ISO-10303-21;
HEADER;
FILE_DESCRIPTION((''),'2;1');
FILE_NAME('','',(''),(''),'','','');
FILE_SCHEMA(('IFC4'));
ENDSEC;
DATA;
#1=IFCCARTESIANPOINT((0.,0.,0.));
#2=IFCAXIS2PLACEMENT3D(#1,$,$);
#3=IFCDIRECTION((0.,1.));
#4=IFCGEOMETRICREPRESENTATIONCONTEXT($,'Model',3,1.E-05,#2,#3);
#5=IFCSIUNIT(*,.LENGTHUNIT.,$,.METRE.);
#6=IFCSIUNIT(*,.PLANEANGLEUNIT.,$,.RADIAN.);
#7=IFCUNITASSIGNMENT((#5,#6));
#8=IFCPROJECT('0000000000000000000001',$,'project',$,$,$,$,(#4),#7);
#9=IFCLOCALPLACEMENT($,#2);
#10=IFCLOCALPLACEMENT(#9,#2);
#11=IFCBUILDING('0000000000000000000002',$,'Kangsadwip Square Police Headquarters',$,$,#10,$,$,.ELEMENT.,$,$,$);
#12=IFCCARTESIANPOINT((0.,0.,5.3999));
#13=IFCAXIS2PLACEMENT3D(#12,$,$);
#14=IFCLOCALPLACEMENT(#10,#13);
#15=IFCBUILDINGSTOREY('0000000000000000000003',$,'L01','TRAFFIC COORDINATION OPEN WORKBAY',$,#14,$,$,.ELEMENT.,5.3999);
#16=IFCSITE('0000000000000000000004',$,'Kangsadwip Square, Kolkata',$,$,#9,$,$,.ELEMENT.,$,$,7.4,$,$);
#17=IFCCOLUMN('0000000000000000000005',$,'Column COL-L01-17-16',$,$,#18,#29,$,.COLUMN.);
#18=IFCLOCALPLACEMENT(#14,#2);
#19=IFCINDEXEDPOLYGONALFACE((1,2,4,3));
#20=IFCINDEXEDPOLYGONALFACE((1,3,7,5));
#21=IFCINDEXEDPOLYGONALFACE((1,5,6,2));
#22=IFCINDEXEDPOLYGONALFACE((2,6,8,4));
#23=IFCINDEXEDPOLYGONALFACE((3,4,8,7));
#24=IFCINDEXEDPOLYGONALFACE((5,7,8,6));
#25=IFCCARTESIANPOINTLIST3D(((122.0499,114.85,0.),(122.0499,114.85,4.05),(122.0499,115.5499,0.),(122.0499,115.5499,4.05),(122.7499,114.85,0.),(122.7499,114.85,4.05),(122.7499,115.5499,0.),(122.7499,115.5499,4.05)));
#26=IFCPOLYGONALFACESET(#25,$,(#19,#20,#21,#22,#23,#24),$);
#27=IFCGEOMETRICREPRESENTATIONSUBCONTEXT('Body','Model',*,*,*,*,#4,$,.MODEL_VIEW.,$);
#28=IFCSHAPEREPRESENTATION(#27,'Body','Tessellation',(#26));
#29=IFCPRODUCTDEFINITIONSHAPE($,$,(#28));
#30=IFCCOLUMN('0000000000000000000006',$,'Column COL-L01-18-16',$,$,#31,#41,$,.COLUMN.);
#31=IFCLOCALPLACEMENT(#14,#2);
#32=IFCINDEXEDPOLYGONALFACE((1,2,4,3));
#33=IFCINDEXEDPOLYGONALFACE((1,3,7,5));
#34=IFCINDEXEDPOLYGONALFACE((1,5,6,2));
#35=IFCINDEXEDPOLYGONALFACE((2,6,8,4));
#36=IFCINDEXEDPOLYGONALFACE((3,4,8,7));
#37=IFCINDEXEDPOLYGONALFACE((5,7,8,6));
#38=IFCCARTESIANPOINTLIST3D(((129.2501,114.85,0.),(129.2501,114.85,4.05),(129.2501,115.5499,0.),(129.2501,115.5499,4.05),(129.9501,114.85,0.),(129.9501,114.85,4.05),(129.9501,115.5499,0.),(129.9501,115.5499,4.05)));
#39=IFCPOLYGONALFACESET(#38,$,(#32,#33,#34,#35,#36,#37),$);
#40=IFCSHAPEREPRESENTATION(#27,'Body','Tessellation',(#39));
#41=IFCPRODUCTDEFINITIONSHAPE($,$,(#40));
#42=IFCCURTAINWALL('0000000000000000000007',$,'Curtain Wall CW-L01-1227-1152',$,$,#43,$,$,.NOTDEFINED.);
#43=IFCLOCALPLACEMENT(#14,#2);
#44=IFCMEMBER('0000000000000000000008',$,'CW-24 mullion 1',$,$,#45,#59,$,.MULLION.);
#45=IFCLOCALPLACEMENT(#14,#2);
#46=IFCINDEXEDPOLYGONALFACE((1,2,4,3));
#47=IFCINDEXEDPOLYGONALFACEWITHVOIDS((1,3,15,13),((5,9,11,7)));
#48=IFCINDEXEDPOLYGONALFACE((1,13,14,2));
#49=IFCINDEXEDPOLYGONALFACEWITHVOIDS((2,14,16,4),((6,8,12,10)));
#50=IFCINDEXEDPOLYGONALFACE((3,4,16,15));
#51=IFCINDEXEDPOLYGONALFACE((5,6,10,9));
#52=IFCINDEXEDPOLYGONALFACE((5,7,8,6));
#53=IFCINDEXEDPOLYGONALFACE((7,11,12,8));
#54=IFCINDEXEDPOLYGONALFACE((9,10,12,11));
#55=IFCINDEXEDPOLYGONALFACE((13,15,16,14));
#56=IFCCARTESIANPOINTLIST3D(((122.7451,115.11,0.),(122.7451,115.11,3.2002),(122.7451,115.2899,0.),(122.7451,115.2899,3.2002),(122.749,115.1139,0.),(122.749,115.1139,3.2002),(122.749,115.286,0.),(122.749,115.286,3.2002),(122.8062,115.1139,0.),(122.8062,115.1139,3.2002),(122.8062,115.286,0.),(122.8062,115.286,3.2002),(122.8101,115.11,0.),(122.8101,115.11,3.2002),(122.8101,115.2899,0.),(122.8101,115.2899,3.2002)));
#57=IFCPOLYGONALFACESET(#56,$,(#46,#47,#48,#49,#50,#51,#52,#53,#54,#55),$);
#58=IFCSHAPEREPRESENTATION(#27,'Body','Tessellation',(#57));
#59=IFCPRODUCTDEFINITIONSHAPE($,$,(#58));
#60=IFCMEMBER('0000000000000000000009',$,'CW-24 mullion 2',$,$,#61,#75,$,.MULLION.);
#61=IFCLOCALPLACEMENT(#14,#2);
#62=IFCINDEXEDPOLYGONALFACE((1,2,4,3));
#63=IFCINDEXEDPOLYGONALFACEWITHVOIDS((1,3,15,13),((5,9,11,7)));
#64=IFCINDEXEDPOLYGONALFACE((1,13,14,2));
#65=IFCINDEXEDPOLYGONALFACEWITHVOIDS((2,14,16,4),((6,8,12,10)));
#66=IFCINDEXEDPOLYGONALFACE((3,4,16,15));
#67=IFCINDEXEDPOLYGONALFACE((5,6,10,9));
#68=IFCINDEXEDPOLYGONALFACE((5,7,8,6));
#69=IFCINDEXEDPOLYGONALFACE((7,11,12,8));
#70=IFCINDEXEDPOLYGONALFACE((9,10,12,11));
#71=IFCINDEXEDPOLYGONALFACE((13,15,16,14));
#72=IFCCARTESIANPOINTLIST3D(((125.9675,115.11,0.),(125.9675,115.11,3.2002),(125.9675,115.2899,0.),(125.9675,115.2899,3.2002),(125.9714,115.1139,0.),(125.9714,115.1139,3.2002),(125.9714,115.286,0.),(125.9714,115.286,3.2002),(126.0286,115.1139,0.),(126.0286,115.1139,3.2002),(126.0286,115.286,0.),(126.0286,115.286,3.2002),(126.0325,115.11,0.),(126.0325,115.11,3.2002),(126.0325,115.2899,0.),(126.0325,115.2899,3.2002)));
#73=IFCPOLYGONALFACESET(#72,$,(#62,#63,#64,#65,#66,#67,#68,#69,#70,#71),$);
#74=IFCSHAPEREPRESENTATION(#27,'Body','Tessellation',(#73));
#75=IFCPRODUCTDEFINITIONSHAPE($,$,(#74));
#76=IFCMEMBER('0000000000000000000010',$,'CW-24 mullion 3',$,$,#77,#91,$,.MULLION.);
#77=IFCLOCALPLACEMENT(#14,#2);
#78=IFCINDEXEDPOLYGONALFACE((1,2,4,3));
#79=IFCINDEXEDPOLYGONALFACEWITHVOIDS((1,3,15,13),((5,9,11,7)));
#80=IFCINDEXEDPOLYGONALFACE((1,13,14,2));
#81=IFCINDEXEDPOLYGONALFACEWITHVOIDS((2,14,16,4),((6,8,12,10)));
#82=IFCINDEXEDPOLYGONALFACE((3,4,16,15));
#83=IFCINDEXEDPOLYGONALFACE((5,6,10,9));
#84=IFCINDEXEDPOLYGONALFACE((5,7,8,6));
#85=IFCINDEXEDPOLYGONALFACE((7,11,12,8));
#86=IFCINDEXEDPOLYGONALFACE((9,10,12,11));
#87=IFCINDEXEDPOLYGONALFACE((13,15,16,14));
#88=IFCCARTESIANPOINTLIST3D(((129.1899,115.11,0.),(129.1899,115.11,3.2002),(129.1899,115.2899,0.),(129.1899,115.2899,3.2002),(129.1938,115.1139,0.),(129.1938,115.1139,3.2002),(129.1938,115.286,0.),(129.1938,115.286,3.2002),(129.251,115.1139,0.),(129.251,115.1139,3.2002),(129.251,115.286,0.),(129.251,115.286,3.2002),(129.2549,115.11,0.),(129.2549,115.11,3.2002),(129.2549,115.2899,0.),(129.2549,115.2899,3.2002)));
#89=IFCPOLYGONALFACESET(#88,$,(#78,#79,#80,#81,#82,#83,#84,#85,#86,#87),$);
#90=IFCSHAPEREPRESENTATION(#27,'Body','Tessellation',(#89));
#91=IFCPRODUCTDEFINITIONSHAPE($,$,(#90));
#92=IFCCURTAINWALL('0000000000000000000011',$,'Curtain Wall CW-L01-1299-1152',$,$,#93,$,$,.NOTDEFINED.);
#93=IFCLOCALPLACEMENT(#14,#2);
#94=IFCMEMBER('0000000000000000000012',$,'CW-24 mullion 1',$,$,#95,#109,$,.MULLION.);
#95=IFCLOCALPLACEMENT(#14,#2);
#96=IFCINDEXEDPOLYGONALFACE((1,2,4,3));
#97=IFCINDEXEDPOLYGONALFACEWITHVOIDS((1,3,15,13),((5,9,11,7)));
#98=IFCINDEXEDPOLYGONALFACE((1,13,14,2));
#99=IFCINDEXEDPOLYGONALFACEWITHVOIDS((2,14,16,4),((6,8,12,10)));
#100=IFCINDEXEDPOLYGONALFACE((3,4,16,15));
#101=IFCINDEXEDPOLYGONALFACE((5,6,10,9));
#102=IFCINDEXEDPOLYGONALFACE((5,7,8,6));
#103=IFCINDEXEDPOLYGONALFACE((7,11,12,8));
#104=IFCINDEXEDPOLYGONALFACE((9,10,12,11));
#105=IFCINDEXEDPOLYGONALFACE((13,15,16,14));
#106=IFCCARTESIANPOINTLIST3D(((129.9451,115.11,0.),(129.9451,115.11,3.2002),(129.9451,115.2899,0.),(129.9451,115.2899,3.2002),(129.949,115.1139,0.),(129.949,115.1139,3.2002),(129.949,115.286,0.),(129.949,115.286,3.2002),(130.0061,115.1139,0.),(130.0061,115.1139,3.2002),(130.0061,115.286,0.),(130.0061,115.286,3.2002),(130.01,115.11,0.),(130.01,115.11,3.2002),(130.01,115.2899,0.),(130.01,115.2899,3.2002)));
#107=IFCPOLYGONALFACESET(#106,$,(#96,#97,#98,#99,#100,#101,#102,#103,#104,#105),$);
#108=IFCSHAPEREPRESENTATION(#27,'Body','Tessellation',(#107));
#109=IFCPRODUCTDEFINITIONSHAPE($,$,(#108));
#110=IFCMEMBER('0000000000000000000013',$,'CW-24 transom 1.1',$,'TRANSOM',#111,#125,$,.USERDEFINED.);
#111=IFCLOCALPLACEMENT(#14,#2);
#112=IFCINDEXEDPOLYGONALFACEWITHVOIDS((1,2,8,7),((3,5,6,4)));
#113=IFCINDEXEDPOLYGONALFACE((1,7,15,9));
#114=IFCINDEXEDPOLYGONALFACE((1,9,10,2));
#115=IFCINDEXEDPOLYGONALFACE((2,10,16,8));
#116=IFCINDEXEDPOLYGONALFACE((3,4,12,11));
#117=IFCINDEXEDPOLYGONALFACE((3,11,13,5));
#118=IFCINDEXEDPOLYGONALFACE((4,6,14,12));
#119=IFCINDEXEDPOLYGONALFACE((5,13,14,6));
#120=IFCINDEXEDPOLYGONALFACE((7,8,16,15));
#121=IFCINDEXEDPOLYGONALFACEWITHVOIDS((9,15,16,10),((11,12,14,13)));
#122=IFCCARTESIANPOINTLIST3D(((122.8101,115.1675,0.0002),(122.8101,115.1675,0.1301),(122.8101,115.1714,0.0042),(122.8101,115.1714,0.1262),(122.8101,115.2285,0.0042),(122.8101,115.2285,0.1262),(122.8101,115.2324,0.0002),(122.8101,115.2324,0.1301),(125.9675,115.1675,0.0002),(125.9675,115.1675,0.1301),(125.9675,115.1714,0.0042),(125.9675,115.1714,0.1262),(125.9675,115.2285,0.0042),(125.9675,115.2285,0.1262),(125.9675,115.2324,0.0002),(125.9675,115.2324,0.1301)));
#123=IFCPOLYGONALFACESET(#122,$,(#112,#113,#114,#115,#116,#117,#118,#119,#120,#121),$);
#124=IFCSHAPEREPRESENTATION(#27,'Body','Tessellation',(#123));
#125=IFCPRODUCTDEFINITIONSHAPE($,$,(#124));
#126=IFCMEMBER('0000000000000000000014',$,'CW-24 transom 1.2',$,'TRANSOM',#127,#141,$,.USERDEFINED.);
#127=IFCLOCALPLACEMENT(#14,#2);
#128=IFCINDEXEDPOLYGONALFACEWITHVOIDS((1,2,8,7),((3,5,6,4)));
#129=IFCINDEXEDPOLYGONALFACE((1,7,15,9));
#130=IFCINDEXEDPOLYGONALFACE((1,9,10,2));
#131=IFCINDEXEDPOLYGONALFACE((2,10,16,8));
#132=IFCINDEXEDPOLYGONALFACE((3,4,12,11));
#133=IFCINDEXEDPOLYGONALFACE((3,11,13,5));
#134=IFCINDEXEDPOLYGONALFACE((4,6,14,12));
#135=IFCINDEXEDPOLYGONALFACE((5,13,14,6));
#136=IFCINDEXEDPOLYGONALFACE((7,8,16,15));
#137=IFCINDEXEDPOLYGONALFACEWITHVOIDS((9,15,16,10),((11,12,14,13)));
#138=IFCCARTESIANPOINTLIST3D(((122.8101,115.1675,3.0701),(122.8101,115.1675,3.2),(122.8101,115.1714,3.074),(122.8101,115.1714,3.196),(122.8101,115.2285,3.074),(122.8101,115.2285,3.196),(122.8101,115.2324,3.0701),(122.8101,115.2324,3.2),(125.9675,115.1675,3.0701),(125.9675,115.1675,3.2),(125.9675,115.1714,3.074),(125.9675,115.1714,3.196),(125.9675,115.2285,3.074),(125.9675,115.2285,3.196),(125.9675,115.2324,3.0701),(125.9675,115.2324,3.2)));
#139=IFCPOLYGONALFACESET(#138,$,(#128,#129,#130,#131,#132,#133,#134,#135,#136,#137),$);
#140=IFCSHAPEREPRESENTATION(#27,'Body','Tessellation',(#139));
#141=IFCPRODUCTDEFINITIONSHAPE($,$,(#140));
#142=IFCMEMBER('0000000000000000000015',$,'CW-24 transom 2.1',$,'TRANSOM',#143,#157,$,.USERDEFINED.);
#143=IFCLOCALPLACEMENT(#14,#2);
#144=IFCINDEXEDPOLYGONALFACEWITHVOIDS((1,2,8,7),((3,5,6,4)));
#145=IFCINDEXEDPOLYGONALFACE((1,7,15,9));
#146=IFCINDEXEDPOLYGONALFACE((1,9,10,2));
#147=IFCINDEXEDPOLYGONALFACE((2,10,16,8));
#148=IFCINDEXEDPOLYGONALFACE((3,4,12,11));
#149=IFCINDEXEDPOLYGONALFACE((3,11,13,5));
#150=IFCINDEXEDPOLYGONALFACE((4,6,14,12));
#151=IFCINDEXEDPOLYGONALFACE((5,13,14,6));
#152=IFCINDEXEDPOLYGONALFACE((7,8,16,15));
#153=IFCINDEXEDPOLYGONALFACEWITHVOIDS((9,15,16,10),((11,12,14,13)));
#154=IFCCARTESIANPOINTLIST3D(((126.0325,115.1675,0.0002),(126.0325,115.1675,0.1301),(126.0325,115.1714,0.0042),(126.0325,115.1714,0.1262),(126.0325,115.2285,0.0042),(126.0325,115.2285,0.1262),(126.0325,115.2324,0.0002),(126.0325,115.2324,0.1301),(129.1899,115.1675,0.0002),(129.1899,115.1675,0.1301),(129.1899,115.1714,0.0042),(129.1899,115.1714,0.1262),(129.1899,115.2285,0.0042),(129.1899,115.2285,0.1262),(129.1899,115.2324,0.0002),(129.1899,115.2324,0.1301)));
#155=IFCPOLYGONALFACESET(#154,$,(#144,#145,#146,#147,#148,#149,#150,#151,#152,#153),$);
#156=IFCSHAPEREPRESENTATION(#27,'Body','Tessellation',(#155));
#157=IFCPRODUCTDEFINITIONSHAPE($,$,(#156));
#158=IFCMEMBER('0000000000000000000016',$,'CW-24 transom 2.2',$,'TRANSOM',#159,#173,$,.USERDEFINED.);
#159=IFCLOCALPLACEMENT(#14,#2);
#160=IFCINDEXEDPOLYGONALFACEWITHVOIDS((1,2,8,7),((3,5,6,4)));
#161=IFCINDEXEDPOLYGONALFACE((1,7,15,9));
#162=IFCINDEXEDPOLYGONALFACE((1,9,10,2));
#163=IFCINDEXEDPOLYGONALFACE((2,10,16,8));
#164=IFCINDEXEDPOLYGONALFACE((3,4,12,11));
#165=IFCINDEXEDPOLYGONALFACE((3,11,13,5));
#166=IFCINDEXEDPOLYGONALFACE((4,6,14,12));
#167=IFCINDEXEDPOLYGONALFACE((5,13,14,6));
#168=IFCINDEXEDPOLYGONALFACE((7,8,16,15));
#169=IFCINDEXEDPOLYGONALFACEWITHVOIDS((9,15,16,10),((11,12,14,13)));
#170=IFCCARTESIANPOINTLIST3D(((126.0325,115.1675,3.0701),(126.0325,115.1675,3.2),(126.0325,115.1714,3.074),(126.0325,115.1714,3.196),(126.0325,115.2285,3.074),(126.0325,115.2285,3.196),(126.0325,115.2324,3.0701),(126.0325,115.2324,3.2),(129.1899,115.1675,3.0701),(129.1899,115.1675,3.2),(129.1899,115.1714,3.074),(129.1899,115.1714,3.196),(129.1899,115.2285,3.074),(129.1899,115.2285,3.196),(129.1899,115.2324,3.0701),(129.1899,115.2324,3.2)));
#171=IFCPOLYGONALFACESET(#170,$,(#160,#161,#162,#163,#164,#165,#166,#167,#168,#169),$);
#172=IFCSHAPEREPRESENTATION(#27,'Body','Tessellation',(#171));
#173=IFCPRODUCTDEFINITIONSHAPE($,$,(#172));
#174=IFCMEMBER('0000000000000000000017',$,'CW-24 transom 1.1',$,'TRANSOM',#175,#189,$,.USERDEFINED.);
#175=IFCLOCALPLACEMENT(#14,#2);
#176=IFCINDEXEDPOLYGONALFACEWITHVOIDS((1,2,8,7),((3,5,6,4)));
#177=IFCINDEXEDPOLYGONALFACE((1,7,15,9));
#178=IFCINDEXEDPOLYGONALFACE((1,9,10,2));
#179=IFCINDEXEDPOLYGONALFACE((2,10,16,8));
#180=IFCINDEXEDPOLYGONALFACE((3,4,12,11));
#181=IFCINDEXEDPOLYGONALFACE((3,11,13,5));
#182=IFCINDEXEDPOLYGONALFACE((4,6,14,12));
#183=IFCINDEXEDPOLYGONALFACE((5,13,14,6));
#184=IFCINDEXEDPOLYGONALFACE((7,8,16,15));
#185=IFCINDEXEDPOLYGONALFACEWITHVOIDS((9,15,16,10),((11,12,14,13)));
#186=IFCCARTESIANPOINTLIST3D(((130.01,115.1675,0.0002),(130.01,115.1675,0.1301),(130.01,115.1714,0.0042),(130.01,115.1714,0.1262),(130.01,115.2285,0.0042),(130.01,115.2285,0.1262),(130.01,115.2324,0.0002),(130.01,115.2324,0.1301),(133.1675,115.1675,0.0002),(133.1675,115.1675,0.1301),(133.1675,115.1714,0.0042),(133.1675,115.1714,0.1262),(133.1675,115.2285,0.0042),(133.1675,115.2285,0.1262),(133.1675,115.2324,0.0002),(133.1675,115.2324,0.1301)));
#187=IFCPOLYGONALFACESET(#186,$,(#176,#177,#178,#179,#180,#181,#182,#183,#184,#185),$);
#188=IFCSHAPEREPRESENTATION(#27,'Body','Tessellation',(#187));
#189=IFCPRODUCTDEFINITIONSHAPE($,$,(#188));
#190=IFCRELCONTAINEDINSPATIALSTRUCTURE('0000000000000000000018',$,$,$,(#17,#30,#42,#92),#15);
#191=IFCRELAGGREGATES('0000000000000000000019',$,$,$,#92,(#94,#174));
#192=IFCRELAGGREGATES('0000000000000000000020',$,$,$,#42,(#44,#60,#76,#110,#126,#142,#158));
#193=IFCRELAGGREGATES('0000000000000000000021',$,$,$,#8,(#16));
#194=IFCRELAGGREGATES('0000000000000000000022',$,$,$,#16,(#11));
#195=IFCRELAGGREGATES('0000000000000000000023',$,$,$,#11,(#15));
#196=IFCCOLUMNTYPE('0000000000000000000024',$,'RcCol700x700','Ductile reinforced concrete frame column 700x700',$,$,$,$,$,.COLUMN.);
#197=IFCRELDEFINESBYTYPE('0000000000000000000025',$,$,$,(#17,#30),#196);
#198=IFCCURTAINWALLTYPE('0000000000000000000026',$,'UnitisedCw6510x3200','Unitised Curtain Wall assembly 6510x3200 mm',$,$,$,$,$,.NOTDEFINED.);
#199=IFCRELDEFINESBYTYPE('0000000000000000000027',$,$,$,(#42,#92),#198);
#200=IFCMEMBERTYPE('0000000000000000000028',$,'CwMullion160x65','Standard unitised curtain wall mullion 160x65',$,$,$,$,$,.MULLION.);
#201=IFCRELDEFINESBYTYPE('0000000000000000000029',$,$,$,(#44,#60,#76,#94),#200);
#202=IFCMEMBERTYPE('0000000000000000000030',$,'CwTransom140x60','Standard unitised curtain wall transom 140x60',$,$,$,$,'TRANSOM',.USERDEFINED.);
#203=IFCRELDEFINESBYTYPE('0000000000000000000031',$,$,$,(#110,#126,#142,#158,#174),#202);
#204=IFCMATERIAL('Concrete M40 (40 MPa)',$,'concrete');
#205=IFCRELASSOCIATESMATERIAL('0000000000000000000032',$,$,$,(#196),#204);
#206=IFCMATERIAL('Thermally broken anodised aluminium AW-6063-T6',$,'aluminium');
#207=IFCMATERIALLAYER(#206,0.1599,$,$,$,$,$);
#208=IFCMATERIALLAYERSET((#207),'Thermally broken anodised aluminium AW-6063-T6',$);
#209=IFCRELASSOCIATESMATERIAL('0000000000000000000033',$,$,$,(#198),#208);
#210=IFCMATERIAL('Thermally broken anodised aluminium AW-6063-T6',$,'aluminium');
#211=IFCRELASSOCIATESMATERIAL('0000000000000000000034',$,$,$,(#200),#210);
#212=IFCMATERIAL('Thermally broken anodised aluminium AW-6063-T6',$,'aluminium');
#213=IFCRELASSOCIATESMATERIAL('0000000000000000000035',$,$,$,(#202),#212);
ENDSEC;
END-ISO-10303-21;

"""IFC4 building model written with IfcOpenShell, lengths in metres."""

from ifc_helpers import new_model, si_unit, direction, frame, origin, origin_2d, place, context, subcontext, project, spatial, rectangle, hollow_rectangle, extrude, material, layer, layer_set, material_profile, profile_set, type_object, element, aggregate, save


model = new_model("IFC4")

# Units and contexts
model_context = context("Model", 3, precision=1e-05, world=origin(), true_north=direction((0.0, 1.0)))
body_context = subcontext(model_context, "Body", "Model", "MODEL_VIEW")
ifc_project = project(units=[si_unit("LENGTHUNIT", "METRE"), si_unit("PLANEANGLEUNIT", "RADIAN")], contexts=[model_context])

# Site, building, storey
site_placement = place(None, origin())
site = spatial("IfcSite", under=ifc_project, at=site_placement, Name="Kangsadwip Square, Kolkata", CompositionType="ELEMENT", RefElevation=7.4)
building_placement = place(site_placement, origin())
building = spatial("IfcBuilding", under=site, at=building_placement, Name="Kangsadwip Square Police Headquarters", CompositionType="ELEMENT")
storey_placement = place(building_placement, frame((0.0, 0.0, 5.3999)))
storey = spatial("IfcBuildingStorey", under=building, at=storey_placement, Name="L01", Description="TRAFFIC COORDINATION OPEN WORKBAY", CompositionType="ELEMENT", Elevation=5.3999)

# Columns
ifc_material_1 = material(Name="Concrete M40 (40 MPa)", Category="concrete")
ifc_material_profile_1 = material_profile(ifc_material_1, rectangle(XDim=0.7, YDim=0.7, at=origin_2d()), Name="RC COL 700X700")
ifc_profile_set_1 = profile_set([ifc_material_profile_1], Name="Concrete M40 (40 MPa)")
column_type = type_object("IfcColumnType", Name="RcCol700x700", Description="Ductile reinforced concrete frame column 700x700", PredefinedType="COLUMN", material=ifc_profile_set_1)
for number, where, z_axis, x_axis, name in (
    (1, (122.3999, 115.2, 0.0), (0.0, 0.0, 1.0), (1.0, 0.0, 0.0), "Column COL-L01-17-16"),
    (2, (129.6001, 115.2, 0.0), (0.0, 0.0, 1.0), (1.0, 0.0, 0.0), "Column COL-L01-18-16"),
):
    element("IfcColumn", number, at=place(storey_placement, frame(where, z_axis=z_axis, x_axis=x_axis)), inside=storey, type_object=column_type, Name=name, PredefinedType="COLUMN", context=body_context, shape_type="SweptSolid", body=[
        extrude(rectangle(XDim=0.7, YDim=0.7, at=origin_2d()), origin(), (0.0, 0.0, 1.0), 4.05),
    ])

# Curtain wall, members
ifc_material_2 = material(Name="Thermally broken anodised aluminium AW-6063-T6", Category="aluminium")
ifc_layer_1 = layer(ifc_material_2, 0.1599)
ifc_layer_set_1 = layer_set([ifc_layer_1], Name="Thermally broken anodised aluminium AW-6063-T6")
curtain_wall_type = type_object("IfcCurtainWallType", Name="UnitisedCw6510x3200", Description="Unitised Curtain Wall assembly 6510x3200 mm", PredefinedType="NOTDEFINED", material=ifc_layer_set_1)
curtain_wall_1_placement = place(storey_placement, origin())
curtain_wall_1 = element("IfcCurtainWall", 3, at=curtain_wall_1_placement, inside=storey, type_object=curtain_wall_type, Name="Curtain Wall CW-L01-1227-1152", PredefinedType="NOTDEFINED")
ifc_material_3 = material(Name="Thermally broken anodised aluminium AW-6063-T6", Category="aluminium")
ifc_material_profile_2 = material_profile(ifc_material_3, hollow_rectangle(XDim=0.0649, YDim=0.1799, WallThickness=0.0039, at=origin_2d()), Name="CWM 180X65X4")
ifc_profile_set_2 = profile_set([ifc_material_profile_2], Name="Thermally broken anodised aluminium AW-6063-T6")
member_type_1 = type_object("IfcMemberType", Name="CwMullion160x65", Description="Standard unitised curtain wall mullion 160x65", PredefinedType="MULLION", material=ifc_profile_set_2)
member_1_placement = place(storey_placement, frame((122.7776, 115.2, 0.0), z_axis=(0.0, 0.0, 1.0), x_axis=(1.0, 0.0, 0.0)))
member_1 = element("IfcMember", 4, at=member_1_placement, type_object=member_type_1, Name="CW-24 mullion 1", PredefinedType="MULLION", context=body_context, shape_type="SweptSolid", body=[
    extrude(hollow_rectangle(XDim=0.0649, YDim=0.1799, WallThickness=0.0039, at=origin_2d()), origin(), (0.0, 0.0, 1.0), 3.2002),
])
member_2_placement = place(storey_placement, frame((126.0, 115.2, 0.0), z_axis=(0.0, 0.0, 1.0), x_axis=(1.0, 0.0, 0.0)))
member_2 = element("IfcMember", 5, at=member_2_placement, type_object=member_type_1, Name="CW-24 mullion 2", PredefinedType="MULLION", context=body_context, shape_type="SweptSolid", body=[
    extrude(hollow_rectangle(XDim=0.0649, YDim=0.1799, WallThickness=0.0039, at=origin_2d()), origin(), (0.0, 0.0, 1.0), 3.2002),
])
member_3_placement = place(storey_placement, frame((129.2224, 115.2, 0.0), z_axis=(0.0, 0.0, 1.0), x_axis=(1.0, 0.0, 0.0)))
member_3 = element("IfcMember", 6, at=member_3_placement, type_object=member_type_1, Name="CW-24 mullion 3", PredefinedType="MULLION", context=body_context, shape_type="SweptSolid", body=[
    extrude(hollow_rectangle(XDim=0.0649, YDim=0.1799, WallThickness=0.0039, at=origin_2d()), origin(), (0.0, 0.0, 1.0), 3.2002),
])

# Curtain wall, member
curtain_wall_2_placement = place(storey_placement, origin())
curtain_wall_2 = element("IfcCurtainWall", 7, at=curtain_wall_2_placement, inside=storey, type_object=curtain_wall_type, Name="Curtain Wall CW-L01-1299-1152", PredefinedType="NOTDEFINED")
member_4_placement = place(storey_placement, frame((129.9775, 115.2, 0.0), z_axis=(0.0, 0.0, 1.0), x_axis=(1.0, 0.0, 0.0)))
member_4 = element("IfcMember", 8, at=member_4_placement, type_object=member_type_1, Name="CW-24 mullion 1", PredefinedType="MULLION", context=body_context, shape_type="SweptSolid", body=[
    extrude(hollow_rectangle(XDim=0.0649, YDim=0.1799, WallThickness=0.0039, at=origin_2d()), origin(), (0.0, 0.0, 1.0), 3.2002),
])

# Members
ifc_material_4 = material(Name="Thermally broken anodised aluminium AW-6063-T6", Category="aluminium")
ifc_material_profile_3 = material_profile(ifc_material_4, hollow_rectangle(XDim=0.0649, YDim=0.1299, WallThickness=0.0039, at=origin_2d()), Name="CWT 130X65X4")
ifc_profile_set_3 = profile_set([ifc_material_profile_3], Name="Thermally broken anodised aluminium AW-6063-T6")
member_type_2 = type_object("IfcMemberType", Name="CwTransom140x60", Description="Standard unitised curtain wall transom 140x60", ElementType="TRANSOM", PredefinedType="USERDEFINED", material=ifc_profile_set_3)
member_5_placement = place(storey_placement, frame((122.8101, 115.2, 0.0652), z_axis=(1.0, 0.0, 0.0), x_axis=(0.0, 1.0, 0.0)))
member_5 = element("IfcMember", 9, at=member_5_placement, type_object=member_type_2, Name="CW-24 transom 1.1", ObjectType="TRANSOM", PredefinedType="USERDEFINED", context=body_context, shape_type="SweptSolid", body=[
    extrude(hollow_rectangle(XDim=0.0649, YDim=0.1299, WallThickness=0.0039, at=origin_2d()), origin(), (0.0, 0.0, 1.0), 3.1575),
])
member_6_placement = place(storey_placement, frame((122.8101, 115.2, 3.135), z_axis=(1.0, 0.0, 0.0), x_axis=(0.0, 1.0, 0.0)))
member_6 = element("IfcMember", 10, at=member_6_placement, type_object=member_type_2, Name="CW-24 transom 1.2", ObjectType="TRANSOM", PredefinedType="USERDEFINED", context=body_context, shape_type="SweptSolid", body=[
    extrude(hollow_rectangle(XDim=0.0649, YDim=0.1299, WallThickness=0.0039, at=origin_2d()), origin(), (0.0, 0.0, 1.0), 3.1575),
])
member_7_placement = place(storey_placement, frame((126.0325, 115.2, 0.0652), z_axis=(1.0, 0.0, 0.0), x_axis=(0.0, 1.0, 0.0)))
member_7 = element("IfcMember", 11, at=member_7_placement, type_object=member_type_2, Name="CW-24 transom 2.1", ObjectType="TRANSOM", PredefinedType="USERDEFINED", context=body_context, shape_type="SweptSolid", body=[
    extrude(hollow_rectangle(XDim=0.0649, YDim=0.1299, WallThickness=0.0039, at=origin_2d()), origin(), (0.0, 0.0, 1.0), 3.1575),
])
member_8_placement = place(storey_placement, frame((126.0325, 115.2, 3.135), z_axis=(1.0, 0.0, 0.0), x_axis=(0.0, 1.0, 0.0)))
member_8 = element("IfcMember", 12, at=member_8_placement, type_object=member_type_2, Name="CW-24 transom 2.2", ObjectType="TRANSOM", PredefinedType="USERDEFINED", context=body_context, shape_type="SweptSolid", body=[
    extrude(hollow_rectangle(XDim=0.0649, YDim=0.1299, WallThickness=0.0039, at=origin_2d()), origin(), (0.0, 0.0, 1.0), 3.1575),
])
member_9_placement = place(storey_placement, frame((130.01, 115.2, 0.0652), z_axis=(1.0, 0.0, 0.0), x_axis=(0.0, 1.0, 0.0)))
member_9 = element("IfcMember", 13, at=member_9_placement, type_object=member_type_2, Name="CW-24 transom 1.1", ObjectType="TRANSOM", PredefinedType="USERDEFINED", context=body_context, shape_type="SweptSolid", body=[
    extrude(hollow_rectangle(XDim=0.0649, YDim=0.1299, WallThickness=0.0039, at=origin_2d()), origin(), (0.0, 0.0, 1.0), 3.1575),
])
aggregate(curtain_wall_2, [member_4, member_9])

aggregate(curtain_wall_1, [member_1, member_2, member_3, member_5, member_6, member_7, member_8])

save(model, "model.ifc")
